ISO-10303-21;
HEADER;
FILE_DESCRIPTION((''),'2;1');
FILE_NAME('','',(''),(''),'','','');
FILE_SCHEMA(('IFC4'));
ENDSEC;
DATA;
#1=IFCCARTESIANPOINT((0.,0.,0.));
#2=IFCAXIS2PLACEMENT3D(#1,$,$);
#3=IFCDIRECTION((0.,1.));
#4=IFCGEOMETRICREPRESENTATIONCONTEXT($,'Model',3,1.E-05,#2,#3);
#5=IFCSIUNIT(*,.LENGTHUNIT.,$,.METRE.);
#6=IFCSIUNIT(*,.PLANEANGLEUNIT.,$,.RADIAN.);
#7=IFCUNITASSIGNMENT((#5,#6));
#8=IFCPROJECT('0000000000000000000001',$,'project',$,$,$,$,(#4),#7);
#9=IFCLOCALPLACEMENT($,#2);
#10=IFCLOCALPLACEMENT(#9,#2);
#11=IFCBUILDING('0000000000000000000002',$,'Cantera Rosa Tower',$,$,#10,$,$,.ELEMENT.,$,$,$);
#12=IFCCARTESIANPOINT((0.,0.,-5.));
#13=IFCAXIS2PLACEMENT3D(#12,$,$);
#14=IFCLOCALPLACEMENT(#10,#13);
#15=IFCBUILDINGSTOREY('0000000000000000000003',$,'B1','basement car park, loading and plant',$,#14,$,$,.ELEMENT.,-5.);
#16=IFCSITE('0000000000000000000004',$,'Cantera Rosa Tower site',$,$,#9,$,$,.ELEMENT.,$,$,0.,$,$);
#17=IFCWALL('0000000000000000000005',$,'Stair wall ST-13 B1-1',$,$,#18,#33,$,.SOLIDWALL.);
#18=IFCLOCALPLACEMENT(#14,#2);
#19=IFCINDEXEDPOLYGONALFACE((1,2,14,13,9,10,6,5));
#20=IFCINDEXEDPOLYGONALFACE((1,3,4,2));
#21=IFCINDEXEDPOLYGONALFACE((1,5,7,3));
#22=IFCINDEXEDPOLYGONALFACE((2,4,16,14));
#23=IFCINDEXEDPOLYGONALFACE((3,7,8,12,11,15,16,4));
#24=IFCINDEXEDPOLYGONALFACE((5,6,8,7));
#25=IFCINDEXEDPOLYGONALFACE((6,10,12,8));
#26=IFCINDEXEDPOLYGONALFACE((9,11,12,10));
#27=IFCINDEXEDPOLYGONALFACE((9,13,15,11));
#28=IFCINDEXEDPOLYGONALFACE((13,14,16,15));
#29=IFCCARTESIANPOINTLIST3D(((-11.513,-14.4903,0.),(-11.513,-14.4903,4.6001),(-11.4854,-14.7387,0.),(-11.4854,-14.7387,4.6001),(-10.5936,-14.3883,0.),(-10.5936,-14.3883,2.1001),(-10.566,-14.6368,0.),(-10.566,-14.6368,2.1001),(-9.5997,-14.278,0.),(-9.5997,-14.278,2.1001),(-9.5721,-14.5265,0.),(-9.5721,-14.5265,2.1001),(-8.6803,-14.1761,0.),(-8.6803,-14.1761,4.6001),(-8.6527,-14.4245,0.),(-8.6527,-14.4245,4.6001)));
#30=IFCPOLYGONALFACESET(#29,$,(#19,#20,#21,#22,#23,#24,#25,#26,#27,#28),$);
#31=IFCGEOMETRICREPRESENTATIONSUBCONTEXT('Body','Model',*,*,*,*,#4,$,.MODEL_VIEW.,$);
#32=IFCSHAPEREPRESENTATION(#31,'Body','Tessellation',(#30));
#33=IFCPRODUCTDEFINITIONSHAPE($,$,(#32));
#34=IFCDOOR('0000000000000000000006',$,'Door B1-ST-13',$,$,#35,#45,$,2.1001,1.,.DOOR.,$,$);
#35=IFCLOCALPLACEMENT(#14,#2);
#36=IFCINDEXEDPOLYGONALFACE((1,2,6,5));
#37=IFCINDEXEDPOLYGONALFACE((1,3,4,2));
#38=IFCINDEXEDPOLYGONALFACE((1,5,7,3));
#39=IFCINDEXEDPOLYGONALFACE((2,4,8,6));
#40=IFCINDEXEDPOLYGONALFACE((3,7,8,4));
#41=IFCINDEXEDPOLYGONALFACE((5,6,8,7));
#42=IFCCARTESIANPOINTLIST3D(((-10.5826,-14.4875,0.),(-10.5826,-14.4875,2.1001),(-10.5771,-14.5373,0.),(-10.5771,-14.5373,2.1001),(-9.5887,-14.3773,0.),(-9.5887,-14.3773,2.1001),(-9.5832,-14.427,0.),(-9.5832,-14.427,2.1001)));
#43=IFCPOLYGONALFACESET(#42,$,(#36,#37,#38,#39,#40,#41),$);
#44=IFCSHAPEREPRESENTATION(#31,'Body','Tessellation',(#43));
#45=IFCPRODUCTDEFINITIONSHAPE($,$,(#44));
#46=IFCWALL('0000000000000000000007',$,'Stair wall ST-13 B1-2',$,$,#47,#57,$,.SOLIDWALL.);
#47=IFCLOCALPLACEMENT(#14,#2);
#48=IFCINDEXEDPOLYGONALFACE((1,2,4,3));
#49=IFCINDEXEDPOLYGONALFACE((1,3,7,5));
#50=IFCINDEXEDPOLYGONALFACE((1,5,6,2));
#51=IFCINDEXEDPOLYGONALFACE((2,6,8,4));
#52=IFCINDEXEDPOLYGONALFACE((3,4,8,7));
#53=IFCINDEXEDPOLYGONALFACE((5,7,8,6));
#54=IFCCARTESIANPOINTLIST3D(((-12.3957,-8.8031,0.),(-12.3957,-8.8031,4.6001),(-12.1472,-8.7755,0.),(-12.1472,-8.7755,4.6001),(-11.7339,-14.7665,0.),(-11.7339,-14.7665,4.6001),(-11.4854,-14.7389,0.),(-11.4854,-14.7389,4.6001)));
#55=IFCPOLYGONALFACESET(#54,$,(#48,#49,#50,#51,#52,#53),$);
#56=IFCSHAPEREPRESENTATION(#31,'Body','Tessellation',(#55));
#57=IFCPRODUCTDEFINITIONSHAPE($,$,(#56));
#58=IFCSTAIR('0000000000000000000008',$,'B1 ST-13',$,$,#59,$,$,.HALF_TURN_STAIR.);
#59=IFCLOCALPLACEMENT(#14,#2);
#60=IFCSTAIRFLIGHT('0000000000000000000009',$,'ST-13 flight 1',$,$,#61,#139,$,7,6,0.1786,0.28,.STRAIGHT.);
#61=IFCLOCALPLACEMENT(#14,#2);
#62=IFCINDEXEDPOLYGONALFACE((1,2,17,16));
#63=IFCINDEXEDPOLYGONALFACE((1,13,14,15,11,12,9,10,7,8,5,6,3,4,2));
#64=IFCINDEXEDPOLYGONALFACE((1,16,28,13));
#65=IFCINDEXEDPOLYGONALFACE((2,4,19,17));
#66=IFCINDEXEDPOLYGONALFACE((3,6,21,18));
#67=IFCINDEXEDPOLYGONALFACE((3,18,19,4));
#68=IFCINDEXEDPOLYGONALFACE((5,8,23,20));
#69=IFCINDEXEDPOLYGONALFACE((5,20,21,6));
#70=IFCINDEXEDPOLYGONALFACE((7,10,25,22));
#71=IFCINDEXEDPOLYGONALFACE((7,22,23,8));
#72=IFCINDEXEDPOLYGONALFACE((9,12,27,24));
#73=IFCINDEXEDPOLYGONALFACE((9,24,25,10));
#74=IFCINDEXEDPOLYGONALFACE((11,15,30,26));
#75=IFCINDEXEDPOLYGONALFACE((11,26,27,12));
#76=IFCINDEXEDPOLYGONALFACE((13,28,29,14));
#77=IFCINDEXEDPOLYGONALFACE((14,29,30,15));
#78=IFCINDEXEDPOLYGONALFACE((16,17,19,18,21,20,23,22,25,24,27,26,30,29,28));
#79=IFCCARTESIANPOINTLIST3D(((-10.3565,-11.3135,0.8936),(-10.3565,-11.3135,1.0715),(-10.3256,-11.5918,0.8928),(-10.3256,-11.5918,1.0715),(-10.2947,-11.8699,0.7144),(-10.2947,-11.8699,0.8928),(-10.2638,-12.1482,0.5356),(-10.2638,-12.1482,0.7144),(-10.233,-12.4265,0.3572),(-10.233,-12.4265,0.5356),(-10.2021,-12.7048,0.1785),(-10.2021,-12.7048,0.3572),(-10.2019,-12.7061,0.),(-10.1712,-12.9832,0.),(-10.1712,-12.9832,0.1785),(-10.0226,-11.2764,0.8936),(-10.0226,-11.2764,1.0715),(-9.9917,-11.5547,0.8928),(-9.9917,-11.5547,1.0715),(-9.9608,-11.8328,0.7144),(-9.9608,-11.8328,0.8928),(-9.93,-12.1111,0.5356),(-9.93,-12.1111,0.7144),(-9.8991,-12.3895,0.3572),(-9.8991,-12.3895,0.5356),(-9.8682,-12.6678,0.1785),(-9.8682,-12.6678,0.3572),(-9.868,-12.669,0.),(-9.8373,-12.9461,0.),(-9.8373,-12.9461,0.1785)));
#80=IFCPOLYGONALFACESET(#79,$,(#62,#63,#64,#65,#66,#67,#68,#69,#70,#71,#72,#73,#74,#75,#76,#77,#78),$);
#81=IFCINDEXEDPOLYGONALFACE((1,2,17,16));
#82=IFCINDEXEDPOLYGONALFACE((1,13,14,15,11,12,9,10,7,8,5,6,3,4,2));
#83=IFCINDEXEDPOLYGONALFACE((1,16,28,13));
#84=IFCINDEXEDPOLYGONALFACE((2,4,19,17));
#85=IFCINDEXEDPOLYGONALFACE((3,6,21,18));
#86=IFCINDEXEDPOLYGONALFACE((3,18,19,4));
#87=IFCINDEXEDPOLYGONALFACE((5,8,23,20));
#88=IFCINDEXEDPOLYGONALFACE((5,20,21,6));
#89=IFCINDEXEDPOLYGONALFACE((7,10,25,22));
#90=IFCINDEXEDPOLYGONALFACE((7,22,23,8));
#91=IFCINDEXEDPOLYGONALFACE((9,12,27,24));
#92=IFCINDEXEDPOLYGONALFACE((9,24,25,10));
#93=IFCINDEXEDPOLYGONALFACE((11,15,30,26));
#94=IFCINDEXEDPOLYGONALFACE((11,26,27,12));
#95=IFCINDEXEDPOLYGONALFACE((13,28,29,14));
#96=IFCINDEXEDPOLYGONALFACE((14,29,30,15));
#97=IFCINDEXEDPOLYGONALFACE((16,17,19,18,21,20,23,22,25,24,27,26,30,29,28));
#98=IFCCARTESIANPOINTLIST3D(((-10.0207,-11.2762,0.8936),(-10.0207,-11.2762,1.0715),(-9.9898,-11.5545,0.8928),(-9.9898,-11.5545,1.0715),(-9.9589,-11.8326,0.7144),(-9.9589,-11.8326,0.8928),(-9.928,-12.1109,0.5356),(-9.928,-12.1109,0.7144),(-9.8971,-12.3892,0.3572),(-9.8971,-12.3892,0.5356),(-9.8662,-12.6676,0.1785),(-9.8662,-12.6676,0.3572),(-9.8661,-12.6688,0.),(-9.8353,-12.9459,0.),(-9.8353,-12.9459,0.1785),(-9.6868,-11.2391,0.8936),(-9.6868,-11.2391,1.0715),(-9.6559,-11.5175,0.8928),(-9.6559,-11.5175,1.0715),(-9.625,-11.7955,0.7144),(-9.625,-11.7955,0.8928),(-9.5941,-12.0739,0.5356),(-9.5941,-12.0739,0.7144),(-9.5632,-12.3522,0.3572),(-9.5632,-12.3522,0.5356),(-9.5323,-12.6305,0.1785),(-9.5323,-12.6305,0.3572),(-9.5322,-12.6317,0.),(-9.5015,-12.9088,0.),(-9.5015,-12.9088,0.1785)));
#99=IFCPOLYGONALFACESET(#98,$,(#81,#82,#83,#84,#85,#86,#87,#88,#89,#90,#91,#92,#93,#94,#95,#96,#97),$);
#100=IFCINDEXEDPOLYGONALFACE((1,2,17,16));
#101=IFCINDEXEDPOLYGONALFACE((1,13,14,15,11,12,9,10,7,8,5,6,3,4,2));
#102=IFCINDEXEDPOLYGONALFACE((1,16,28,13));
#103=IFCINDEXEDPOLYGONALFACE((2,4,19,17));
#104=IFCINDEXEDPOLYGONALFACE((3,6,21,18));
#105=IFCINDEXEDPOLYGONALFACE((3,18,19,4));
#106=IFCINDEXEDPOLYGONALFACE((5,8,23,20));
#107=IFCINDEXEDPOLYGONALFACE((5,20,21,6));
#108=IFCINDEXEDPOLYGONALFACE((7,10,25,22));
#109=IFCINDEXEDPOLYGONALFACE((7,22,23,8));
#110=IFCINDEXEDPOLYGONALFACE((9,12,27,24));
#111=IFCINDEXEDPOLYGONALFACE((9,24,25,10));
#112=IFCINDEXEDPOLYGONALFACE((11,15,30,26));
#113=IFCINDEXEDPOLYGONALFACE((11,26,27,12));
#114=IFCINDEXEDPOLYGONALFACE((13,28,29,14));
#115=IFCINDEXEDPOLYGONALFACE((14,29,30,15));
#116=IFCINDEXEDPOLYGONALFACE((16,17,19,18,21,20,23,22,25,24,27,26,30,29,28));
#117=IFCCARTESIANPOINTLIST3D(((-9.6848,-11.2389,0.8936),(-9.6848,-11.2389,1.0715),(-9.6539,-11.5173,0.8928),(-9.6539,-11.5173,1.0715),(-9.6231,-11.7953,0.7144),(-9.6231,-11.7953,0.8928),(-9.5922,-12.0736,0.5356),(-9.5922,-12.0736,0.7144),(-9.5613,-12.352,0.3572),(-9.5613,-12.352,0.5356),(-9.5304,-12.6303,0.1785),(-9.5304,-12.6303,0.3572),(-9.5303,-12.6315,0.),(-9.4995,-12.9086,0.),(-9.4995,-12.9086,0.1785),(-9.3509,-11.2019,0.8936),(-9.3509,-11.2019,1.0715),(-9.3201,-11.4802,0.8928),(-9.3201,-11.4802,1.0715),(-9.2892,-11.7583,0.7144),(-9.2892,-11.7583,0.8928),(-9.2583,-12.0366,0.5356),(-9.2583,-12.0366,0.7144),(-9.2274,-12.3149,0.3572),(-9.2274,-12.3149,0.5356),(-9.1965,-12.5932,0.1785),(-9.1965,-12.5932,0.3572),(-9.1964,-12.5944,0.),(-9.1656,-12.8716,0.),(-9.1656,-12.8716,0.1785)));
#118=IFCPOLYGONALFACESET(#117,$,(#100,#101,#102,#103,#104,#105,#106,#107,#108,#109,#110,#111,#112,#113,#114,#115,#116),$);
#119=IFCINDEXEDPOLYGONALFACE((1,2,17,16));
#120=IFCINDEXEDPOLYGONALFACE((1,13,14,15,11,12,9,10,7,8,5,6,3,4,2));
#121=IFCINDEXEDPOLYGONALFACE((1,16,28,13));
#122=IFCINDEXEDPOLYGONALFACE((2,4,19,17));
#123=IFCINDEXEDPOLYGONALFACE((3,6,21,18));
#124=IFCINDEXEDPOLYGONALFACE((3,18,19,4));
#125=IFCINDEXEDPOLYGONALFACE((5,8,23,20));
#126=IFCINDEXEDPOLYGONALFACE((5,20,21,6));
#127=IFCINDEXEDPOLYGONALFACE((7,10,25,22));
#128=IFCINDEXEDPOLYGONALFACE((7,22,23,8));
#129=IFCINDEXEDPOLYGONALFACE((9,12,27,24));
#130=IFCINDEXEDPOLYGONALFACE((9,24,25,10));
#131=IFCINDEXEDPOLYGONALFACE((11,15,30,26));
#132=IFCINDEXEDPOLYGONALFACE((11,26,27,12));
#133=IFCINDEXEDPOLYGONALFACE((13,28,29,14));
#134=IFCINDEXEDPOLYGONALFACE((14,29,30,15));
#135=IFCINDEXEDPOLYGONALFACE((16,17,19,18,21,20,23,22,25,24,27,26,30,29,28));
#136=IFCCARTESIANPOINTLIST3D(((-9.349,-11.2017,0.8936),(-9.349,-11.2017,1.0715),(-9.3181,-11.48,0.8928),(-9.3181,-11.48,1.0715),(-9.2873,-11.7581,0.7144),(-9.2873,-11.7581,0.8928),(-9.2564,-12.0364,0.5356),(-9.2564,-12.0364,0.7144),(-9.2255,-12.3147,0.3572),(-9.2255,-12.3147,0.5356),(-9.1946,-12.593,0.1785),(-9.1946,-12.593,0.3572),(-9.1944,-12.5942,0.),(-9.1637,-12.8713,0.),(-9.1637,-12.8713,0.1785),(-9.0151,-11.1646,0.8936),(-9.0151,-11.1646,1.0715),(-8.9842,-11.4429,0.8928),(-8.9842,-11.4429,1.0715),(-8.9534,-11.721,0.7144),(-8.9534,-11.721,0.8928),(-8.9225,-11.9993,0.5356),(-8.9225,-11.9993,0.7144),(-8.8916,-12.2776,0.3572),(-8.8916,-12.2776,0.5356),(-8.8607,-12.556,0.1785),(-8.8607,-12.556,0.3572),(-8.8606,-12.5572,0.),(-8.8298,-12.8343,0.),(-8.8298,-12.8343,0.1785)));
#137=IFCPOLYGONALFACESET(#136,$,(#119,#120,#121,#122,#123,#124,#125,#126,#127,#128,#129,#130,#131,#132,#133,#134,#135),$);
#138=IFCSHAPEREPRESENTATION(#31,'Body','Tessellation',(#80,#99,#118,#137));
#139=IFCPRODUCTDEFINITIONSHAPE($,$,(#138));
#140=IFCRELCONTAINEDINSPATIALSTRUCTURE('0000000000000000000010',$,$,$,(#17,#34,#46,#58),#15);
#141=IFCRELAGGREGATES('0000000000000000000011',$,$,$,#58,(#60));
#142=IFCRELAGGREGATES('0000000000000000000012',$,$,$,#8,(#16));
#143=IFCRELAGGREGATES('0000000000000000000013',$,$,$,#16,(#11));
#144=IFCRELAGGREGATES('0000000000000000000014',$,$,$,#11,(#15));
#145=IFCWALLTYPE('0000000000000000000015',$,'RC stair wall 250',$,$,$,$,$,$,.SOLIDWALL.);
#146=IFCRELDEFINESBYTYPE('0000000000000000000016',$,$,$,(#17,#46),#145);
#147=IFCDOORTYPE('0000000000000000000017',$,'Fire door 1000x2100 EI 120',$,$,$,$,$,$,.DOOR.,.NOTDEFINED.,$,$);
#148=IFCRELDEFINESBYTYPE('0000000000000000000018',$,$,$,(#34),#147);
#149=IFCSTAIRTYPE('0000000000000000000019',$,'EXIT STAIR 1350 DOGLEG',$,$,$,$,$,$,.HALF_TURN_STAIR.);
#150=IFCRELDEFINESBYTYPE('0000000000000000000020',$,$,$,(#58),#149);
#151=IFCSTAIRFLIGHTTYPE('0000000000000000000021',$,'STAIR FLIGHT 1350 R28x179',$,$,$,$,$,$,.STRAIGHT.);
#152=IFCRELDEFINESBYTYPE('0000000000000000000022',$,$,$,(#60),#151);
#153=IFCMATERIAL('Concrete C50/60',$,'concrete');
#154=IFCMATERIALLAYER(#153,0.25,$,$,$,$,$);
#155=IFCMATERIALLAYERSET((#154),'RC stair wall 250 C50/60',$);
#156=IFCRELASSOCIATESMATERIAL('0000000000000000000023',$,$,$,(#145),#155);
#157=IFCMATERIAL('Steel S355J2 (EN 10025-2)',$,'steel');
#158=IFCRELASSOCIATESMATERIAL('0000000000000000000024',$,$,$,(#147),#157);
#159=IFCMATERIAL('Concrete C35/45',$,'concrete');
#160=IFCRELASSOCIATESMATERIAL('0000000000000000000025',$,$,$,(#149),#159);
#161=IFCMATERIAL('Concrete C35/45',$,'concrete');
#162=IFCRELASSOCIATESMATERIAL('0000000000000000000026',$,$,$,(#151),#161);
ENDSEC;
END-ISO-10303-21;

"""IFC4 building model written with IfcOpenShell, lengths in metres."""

from ifc_helpers import new_model, si_unit, direction, frame, frame_2d, origin, place, context, subcontext, project, spatial, polyline, rectangle, outline, extrude, material, layer, layer_set, type_object, element, fill, aggregate, save


model = new_model("IFC4")

# Units and contexts
model_context = context("Model", 3, precision=1e-05, world=origin(), true_north=direction((0.0, 1.0)))
body_context = subcontext(model_context, "Body", "Model", "MODEL_VIEW")
ifc_project = project(units=[si_unit("LENGTHUNIT", "METRE"), si_unit("PLANEANGLEUNIT", "RADIAN")], contexts=[model_context])

# Site, building, storey
site_placement = place(None, origin())
site = spatial("IfcSite", under=ifc_project, at=site_placement, Name="Cantera Rosa Tower site", CompositionType="ELEMENT", RefElevation=0.0)
building_placement = place(site_placement, origin())
building = spatial("IfcBuilding", under=site, at=building_placement, Name="Cantera Rosa Tower", CompositionType="ELEMENT")
storey_placement = place(building_placement, frame((0.0, 0.0, -5.0)))
storey = spatial("IfcBuildingStorey", under=building, at=storey_placement, Name="B1", Description="basement car park, loading and plant", CompositionType="ELEMENT", Elevation=-5.0)

# Wall, opening, door
ifc_material_1 = material(Name="Concrete C50/60", Category="concrete")
ifc_layer_1 = layer(ifc_material_1, 0.25)
ifc_layer_set_1 = layer_set([ifc_layer_1], Name="RC stair wall 250 C50/60")
wall_type_1 = type_object("IfcWallType", Name="RC stair wall 250", PredefinedType="SOLIDWALL", material=ifc_layer_set_1)
wall_1_placement = place(storey_placement, frame((-8.6665, -14.3003, 0.0), z_axis=(0.0, 0.0, 1.0), x_axis=(-0.993905, -0.110243, 0.0)))
wall_1 = element("IfcWall", 1, at=wall_1_placement, inside=storey, type_object=wall_type_1, Name="Stair wall ST-13 B1-1", PredefinedType="SOLIDWALL", context=body_context, shape_type="SweptSolid", body=[
    extrude(rectangle(XDim=2.8501, YDim=0.25, at=frame_2d((1.425, 0.0))), origin(), (0.0, 0.0, 1.0), 4.6001),
])
opening_placement = place(wall_1_placement, frame((0.925, 0.0, 0.0)))
opening = element("IfcOpeningElement", 2, at=opening_placement, cuts=wall_1, PredefinedType="OPENING", context=body_context, shape_type="SweptSolid", body=[
    extrude(rectangle(XDim=1.0, YDim=2.1001, at=frame_2d((0.5, 1.05))), frame((0.0, 0.135, 0.0), z_axis=(0.0, -1.0, 0.0), x_axis=(1.0, 0.0, 0.0)), (0.0, 0.0, 1.0), 0.27),
])
ifc_material_2 = material(Name="Steel S355J2 (EN 10025-2)", Category="steel")
door_type = type_object("IfcDoorType", Name="Fire door 1000x2100 EI 120", OperationType="NOTDEFINED", PredefinedType="DOOR", material=ifc_material_2)
door_placement = place(opening_placement, origin())
door = element("IfcDoor", 3, at=door_placement, inside=storey, type_object=door_type, Name="Door B1-ST-13", OverallHeight=2.1001, OverallWidth=1.0, PredefinedType="DOOR", context=body_context, shape_type="SweptSolid", body=[
    extrude(rectangle(XDim=1.0, YDim=2.1001, at=frame_2d((0.5, 1.05))), frame((0.0, 0.0249, 0.0), z_axis=(0.0, -1.0, 0.0), x_axis=(1.0, 0.0, 0.0)), (0.0, 0.0, 1.0), 0.05),
])
fill(opening, door)

# Wall
wall_2_placement = place(storey_placement, frame((-11.6096, -14.7527, 0.0), z_axis=(0.0, 0.0, 1.0), x_axis=(-0.110311, 0.993897, 0.0)))
element("IfcWall", 4, at=wall_2_placement, inside=storey, type_object=wall_type_1, Name="Stair wall ST-13 B1-2", PredefinedType="SOLIDWALL", context=body_context, shape_type="SweptSolid", body=[
    extrude(rectangle(XDim=6.0, YDim=0.25, at=frame_2d((3.0, 0.0))), origin(), (0.0, 0.0, 1.0), 4.6001),
])

# Stair, stair flight
ifc_material_3 = material(Name="Concrete C35/45", Category="concrete")
stair_type = type_object("IfcStairType", Name="EXIT STAIR 1350 DOGLEG", PredefinedType="HALF_TURN_STAIR", material=ifc_material_3)
stair_placement = place(storey_placement, origin())
stair = element("IfcStair", 5, at=stair_placement, inside=storey, type_object=stair_type, Name="B1 ST-13", PredefinedType="HALF_TURN_STAIR")
ifc_material_4 = material(Name="Concrete C35/45", Category="concrete")
stair_flight_type = type_object("IfcStairFlightType", Name="STAIR FLIGHT 1350 R28x179", PredefinedType="STRAIGHT", material=ifc_material_4)
stair_flight_1_placement = place(storey_placement, frame((-9.5002, -12.9087, 0.0), z_axis=(0.0, 0.0, 1.0), x_axis=(-0.110313, 0.993897, 0.0)))
stair_flight_1 = element("IfcStairFlight", 6, at=stair_flight_1_placement, type_object=stair_flight_type, Name="ST-13 flight 1", NumberOfRisers=7, NumberOfTreads=6, PredefinedType="STRAIGHT", RiserHeight=0.1786, TreadLength=0.28, context=body_context, shape_type="SweptSolid", body=[
    extrude(outline(polyline([(0.0, 0.0), (0.0, 0.1785), (0.28, 0.1785), (0.28, 0.3572), (0.5601, 0.3572), (0.5601, 0.5356), (0.8401, 0.5356), (0.8401, 0.7144), (1.1201, 0.7144), (1.1201, 0.8928), (1.3999, 0.8928), (1.3999, 1.0715), (1.6799, 1.0715), (1.6799, 1.25), (1.6799, 0.8936), (0.2788, 0.0), (0.0, 0.0)])), frame((0.0, 0.675, 0.0), z_axis=(0.0, -1.0, 0.0), x_axis=(1.0, 0.0, 0.0)), (0.0, 0.0, 1.0), 0.3359),
    extrude(outline(polyline([(0.0, 0.0), (0.0, 0.1785), (0.28, 0.1785), (0.28, 0.3572), (0.5601, 0.3572), (0.5601, 0.5356), (0.8401, 0.5356), (0.8401, 0.7144), (1.1201, 0.7144), (1.1201, 0.8928), (1.3999, 0.8928), (1.3999, 1.0715), (1.6799, 1.0715), (1.6799, 1.25), (1.6799, 0.8936), (0.2788, 0.0), (0.0, 0.0)])), frame((0.0, 0.3372, 0.0), z_axis=(0.0, -1.0, 0.0), x_axis=(1.0, 0.0, 0.0)), (0.0, 0.0, 1.0), 0.3359),
    extrude(outline(polyline([(0.0, 0.0), (0.0, 0.1785), (0.28, 0.1785), (0.28, 0.3572), (0.5601, 0.3572), (0.5601, 0.5356), (0.8401, 0.5356), (0.8401, 0.7144), (1.1201, 0.7144), (1.1201, 0.8928), (1.3999, 0.8928), (1.3999, 1.0715), (1.6799, 1.0715), (1.6799, 1.25), (1.6799, 0.8936), (0.2788, 0.0), (0.0, 0.0)])), frame((0.0, -0.0007, 0.0), z_axis=(0.0, -1.0, 0.0), x_axis=(1.0, 0.0, 0.0)), (0.0, 0.0, 1.0), 0.3359),
    extrude(outline(polyline([(0.0, 0.0), (0.0, 0.1785), (0.28, 0.1785), (0.28, 0.3572), (0.5601, 0.3572), (0.5601, 0.5356), (0.8401, 0.5356), (0.8401, 0.7144), (1.1201, 0.7144), (1.1201, 0.8928), (1.3999, 0.8928), (1.3999, 1.0715), (1.6799, 1.0715), (1.6799, 1.25), (1.6799, 0.8936), (0.2788, 0.0), (0.0, 0.0)])), frame((0.0, -0.3386, 0.0), z_axis=(0.0, -1.0, 0.0), x_axis=(1.0, 0.0, 0.0)), (0.0, 0.0, 1.0), 0.3359),
])
aggregate(stair, [stair_flight_1])

save(model, "model.ifc")
